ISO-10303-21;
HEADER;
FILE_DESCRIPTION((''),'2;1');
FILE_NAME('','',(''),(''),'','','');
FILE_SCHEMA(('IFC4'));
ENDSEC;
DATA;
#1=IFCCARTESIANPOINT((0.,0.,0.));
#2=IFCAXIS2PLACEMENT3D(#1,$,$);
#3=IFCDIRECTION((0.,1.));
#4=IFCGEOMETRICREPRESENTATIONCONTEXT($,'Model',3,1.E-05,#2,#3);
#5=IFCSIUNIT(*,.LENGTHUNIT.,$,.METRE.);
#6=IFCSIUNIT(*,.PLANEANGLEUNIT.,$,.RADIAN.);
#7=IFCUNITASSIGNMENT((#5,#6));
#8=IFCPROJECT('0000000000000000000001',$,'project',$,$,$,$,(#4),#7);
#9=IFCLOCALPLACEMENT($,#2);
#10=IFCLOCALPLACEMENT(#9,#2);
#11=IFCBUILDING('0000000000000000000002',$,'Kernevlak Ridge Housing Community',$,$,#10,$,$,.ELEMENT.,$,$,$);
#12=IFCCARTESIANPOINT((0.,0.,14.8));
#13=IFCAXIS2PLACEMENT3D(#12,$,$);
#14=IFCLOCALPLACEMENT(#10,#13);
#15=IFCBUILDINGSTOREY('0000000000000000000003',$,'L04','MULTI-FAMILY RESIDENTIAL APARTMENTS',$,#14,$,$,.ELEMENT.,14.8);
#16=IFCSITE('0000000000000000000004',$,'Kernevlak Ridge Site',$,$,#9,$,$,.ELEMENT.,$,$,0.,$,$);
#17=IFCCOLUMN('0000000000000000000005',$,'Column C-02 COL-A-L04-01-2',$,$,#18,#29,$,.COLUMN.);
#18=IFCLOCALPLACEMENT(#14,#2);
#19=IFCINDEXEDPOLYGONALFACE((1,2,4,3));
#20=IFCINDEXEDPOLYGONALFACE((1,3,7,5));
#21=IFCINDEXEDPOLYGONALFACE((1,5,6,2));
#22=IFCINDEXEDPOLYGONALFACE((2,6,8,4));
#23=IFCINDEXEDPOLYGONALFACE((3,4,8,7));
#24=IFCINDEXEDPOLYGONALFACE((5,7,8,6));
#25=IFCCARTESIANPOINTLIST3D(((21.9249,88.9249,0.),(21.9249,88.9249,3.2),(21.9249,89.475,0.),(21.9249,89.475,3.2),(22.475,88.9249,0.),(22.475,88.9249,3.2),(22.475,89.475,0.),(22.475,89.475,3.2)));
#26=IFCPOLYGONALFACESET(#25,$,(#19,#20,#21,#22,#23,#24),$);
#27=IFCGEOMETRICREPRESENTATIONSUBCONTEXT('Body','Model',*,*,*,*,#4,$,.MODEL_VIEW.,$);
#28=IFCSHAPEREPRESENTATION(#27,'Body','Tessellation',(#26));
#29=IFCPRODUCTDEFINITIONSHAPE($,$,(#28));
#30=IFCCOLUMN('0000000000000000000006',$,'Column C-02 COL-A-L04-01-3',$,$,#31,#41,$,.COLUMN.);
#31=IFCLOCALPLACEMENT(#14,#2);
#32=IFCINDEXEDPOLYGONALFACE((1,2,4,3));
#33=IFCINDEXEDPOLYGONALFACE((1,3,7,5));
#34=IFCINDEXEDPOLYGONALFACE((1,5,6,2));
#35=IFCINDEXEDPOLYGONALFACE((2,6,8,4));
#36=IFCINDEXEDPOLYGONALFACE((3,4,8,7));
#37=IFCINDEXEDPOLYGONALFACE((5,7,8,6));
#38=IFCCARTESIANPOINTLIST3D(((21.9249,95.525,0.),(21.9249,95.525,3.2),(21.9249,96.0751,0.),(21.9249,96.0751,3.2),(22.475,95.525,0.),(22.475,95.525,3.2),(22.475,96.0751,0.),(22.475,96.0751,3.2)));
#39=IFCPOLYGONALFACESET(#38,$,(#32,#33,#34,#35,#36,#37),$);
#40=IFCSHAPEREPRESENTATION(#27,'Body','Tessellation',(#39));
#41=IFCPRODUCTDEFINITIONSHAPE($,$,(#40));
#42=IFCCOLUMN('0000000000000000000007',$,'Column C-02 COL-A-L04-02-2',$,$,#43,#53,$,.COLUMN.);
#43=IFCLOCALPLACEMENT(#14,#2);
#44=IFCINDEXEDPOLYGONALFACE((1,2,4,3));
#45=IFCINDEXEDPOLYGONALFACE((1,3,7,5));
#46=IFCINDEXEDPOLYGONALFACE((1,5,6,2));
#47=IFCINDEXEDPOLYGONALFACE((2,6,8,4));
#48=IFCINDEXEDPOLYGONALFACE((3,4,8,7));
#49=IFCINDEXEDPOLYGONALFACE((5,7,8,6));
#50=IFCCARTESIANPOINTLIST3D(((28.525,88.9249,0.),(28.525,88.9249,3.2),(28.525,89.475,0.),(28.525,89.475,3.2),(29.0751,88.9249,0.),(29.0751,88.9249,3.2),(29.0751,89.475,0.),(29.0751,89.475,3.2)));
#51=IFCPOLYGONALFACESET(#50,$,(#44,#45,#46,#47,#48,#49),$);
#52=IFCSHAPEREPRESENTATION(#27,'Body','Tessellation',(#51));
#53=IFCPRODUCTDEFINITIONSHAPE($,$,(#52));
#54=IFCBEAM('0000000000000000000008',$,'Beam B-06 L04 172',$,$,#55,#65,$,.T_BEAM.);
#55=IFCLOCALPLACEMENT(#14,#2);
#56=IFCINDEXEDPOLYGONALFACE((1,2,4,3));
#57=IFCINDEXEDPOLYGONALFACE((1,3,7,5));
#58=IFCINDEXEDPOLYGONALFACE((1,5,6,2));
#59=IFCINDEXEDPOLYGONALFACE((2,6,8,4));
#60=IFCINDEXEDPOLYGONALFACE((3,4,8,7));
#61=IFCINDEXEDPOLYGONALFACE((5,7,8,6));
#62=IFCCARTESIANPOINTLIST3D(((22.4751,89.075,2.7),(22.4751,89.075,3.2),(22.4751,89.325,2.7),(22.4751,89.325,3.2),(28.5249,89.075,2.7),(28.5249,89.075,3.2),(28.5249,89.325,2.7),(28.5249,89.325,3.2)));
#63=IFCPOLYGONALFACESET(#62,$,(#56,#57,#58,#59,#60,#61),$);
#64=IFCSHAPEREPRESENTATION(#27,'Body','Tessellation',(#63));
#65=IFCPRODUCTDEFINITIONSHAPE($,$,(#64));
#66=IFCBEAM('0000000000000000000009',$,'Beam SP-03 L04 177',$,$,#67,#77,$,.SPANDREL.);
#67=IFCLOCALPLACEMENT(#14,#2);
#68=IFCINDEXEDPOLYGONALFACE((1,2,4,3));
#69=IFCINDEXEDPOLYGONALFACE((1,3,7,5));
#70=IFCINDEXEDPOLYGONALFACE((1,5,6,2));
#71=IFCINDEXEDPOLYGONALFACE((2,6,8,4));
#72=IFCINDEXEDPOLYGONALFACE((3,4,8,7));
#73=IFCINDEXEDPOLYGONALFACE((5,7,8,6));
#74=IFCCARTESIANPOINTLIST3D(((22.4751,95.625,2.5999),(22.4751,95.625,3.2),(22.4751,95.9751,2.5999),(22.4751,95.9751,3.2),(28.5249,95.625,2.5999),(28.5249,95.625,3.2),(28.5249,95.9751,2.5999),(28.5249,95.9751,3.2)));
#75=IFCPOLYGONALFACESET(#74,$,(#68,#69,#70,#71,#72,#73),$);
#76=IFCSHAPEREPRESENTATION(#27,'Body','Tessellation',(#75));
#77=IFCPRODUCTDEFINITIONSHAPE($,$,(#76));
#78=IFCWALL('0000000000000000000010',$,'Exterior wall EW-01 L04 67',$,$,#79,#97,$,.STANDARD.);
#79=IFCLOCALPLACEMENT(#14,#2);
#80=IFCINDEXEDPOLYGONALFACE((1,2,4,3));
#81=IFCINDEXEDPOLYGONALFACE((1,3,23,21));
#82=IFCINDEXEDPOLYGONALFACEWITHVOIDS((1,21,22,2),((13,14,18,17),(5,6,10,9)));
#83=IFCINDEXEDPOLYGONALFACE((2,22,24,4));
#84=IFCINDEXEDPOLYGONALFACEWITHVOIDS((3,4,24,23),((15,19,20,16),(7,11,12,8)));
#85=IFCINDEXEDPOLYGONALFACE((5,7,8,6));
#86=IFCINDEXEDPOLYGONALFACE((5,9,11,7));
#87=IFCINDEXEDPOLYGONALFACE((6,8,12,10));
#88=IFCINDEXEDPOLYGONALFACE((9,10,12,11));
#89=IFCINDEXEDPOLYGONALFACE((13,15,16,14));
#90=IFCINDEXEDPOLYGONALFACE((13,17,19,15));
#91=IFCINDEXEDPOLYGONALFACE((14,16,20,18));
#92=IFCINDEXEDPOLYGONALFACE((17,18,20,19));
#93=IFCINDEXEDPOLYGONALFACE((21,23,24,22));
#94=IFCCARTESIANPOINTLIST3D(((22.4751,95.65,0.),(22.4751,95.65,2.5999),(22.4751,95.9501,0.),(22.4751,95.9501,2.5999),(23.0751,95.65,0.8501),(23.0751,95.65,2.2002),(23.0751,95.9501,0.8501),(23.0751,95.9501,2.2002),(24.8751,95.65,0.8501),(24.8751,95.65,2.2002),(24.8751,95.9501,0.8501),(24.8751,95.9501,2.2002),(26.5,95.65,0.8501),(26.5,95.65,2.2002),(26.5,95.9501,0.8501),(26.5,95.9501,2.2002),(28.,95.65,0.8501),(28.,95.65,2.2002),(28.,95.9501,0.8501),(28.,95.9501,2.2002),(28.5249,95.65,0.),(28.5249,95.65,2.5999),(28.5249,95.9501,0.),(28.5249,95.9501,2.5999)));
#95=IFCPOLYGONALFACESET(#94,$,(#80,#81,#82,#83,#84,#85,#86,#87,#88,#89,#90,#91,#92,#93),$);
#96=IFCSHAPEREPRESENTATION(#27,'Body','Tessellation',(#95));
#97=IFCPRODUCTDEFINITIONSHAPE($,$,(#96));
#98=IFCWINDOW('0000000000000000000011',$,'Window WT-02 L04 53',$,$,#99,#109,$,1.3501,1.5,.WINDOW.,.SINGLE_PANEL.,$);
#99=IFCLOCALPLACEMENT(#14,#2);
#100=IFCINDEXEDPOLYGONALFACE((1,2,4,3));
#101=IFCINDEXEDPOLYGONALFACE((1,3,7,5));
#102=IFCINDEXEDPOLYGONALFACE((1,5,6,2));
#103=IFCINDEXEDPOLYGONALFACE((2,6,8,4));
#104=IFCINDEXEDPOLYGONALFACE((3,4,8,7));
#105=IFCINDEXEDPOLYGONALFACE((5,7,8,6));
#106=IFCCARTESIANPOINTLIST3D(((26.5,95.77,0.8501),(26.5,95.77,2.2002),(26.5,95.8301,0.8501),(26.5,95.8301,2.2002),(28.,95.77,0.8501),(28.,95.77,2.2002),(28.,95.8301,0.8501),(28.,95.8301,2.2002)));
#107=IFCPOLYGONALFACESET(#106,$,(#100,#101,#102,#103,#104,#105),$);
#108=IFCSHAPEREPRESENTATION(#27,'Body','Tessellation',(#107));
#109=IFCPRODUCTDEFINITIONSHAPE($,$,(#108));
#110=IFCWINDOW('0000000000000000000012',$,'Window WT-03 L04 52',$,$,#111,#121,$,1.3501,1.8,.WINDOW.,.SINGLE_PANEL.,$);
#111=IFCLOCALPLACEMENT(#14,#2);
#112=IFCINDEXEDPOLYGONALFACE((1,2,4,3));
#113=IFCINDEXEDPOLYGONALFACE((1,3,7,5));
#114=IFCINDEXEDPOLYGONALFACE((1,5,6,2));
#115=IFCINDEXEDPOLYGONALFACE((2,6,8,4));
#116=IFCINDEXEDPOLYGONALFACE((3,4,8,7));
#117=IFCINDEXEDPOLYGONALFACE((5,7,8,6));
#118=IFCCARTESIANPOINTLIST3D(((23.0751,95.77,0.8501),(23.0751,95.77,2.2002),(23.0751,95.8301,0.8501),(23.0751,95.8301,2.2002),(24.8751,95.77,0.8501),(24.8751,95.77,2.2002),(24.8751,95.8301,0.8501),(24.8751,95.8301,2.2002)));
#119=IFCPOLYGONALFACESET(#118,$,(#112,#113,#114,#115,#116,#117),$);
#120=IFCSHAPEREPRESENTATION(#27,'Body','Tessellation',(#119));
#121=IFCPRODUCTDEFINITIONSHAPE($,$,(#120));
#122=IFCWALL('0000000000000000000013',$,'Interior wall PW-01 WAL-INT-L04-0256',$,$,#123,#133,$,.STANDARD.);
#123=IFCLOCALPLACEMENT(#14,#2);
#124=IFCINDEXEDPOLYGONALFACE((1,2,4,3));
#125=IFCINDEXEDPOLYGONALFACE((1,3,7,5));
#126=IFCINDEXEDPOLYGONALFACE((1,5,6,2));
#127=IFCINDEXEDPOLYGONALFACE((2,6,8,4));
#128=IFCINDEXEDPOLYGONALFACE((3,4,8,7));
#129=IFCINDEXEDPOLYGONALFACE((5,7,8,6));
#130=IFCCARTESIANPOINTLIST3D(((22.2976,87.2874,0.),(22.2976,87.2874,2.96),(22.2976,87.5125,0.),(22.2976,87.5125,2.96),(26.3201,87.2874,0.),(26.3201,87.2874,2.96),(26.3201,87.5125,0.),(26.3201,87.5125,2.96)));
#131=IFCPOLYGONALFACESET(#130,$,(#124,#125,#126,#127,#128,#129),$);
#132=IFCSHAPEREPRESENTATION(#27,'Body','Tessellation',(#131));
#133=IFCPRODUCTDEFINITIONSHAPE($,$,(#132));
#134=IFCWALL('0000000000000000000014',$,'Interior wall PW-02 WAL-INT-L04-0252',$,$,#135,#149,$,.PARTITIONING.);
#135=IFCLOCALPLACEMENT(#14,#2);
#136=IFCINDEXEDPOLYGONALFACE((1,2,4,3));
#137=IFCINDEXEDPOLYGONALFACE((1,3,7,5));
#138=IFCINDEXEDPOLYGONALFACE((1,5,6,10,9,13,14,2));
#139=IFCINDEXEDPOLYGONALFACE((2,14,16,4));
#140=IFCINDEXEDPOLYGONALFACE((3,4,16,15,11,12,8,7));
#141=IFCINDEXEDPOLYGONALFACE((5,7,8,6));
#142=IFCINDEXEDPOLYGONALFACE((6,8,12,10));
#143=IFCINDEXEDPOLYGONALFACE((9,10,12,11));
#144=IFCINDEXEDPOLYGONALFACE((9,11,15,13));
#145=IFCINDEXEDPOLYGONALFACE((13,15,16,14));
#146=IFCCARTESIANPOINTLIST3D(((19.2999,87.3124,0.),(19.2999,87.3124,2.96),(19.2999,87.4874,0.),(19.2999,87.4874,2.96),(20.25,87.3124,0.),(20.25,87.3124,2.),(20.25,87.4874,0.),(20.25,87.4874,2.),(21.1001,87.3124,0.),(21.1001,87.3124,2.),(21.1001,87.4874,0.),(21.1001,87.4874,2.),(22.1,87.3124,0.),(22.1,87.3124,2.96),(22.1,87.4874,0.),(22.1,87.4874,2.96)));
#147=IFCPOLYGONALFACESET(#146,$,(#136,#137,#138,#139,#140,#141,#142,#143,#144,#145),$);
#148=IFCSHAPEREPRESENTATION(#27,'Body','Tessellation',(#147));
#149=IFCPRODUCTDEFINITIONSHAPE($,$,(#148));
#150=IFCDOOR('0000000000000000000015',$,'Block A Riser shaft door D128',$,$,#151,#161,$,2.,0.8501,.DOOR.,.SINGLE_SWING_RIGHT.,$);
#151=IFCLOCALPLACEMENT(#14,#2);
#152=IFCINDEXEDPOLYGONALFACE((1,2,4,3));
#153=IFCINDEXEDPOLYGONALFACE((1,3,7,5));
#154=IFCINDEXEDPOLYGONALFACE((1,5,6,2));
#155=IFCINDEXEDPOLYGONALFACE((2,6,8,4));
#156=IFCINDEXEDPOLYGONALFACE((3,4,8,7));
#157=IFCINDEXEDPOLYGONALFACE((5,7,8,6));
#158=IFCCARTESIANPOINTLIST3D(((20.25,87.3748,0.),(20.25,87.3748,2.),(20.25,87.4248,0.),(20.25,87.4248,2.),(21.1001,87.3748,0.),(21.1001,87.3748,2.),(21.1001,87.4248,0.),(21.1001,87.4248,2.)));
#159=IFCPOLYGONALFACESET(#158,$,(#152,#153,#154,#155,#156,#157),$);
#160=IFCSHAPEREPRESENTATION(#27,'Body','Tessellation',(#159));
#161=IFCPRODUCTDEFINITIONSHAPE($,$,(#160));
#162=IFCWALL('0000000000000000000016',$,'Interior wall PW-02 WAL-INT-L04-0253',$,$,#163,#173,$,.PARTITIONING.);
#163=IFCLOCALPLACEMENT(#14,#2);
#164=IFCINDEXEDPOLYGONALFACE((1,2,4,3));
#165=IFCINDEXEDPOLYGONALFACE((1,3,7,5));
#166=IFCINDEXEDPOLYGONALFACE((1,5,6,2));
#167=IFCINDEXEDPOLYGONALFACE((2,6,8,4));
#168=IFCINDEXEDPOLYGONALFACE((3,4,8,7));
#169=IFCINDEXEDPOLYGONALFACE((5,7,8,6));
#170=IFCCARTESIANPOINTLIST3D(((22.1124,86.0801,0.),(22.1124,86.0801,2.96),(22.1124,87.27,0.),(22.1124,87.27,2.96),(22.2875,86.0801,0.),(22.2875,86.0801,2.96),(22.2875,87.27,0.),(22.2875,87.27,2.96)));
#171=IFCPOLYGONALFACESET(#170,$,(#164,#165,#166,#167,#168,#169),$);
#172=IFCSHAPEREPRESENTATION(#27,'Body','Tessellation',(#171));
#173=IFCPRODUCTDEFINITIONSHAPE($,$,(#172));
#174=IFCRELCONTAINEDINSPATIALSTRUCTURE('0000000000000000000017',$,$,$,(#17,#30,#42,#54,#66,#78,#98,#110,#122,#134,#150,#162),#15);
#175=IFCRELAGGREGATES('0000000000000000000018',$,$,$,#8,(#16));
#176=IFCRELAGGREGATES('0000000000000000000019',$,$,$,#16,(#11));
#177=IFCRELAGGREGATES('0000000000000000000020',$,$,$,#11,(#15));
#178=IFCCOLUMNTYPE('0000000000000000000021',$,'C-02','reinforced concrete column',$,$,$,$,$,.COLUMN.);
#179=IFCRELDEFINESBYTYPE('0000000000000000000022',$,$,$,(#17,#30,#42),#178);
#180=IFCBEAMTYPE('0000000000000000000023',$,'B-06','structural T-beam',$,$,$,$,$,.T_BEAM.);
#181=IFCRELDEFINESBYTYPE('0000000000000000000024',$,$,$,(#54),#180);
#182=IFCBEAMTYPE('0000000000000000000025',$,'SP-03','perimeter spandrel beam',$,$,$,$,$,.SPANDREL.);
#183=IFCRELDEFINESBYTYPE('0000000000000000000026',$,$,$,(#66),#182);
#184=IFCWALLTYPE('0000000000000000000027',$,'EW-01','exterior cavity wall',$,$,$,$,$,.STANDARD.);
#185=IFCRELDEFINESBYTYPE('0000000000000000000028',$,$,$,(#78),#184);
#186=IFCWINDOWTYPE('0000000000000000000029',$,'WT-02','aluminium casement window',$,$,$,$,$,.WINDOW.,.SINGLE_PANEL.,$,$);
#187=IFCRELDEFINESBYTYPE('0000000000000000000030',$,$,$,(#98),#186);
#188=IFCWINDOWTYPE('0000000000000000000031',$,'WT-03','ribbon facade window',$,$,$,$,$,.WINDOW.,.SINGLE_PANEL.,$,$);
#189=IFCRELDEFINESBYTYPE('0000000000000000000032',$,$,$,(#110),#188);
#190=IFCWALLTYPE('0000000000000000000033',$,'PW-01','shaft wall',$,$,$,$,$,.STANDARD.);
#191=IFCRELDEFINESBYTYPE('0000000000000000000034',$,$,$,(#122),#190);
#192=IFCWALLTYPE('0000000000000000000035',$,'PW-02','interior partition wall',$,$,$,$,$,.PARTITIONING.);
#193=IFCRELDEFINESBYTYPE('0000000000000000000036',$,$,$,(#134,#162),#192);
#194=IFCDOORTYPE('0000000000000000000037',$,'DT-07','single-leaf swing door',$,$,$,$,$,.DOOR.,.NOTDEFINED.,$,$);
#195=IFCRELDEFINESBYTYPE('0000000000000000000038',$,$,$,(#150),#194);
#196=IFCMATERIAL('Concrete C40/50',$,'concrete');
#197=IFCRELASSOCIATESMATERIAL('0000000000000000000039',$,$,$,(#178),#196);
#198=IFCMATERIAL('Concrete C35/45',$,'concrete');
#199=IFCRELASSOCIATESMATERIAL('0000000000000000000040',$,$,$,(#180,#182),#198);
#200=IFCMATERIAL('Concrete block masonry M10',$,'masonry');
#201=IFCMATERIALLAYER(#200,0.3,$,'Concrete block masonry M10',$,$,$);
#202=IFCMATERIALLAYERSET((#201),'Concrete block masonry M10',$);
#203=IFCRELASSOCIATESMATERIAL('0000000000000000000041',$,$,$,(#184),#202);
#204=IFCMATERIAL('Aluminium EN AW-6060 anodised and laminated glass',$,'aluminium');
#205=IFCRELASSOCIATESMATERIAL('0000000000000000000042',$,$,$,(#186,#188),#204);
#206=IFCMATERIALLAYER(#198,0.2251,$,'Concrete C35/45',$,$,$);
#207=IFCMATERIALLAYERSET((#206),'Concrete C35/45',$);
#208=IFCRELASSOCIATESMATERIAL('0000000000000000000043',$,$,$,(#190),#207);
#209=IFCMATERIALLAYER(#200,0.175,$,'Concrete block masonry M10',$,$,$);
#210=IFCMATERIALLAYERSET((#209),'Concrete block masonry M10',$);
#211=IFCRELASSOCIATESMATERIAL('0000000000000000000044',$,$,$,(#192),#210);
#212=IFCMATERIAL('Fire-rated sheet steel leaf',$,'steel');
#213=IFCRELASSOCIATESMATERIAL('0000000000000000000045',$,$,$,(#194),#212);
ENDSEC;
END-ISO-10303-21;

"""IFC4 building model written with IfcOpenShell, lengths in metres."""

from ifc_helpers import new_model, si_unit, direction, frame, frame_2d, origin, origin_2d, place, context, subcontext, project, spatial, rectangle, extrude, material, layer, layer_set, material_profile, profile_set, type_object, element, fill, save


model = new_model("IFC4")

# Units and contexts
model_context = context("Model", 3, precision=1e-05, world=origin(), true_north=direction((0.0, 1.0)))
body_context = subcontext(model_context, "Body", "Model", "MODEL_VIEW")
ifc_project = project(units=[si_unit("LENGTHUNIT", "METRE"), si_unit("PLANEANGLEUNIT", "RADIAN")], contexts=[model_context])

# Site, building, storey
site_placement = place(None, origin())
site = spatial("IfcSite", under=ifc_project, at=site_placement, Name="Kernevlak Ridge Site", CompositionType="ELEMENT", RefElevation=0.0)
building_placement = place(site_placement, origin())
building = spatial("IfcBuilding", under=site, at=building_placement, Name="Kernevlak Ridge Housing Community", CompositionType="ELEMENT")
storey_placement = place(building_placement, frame((0.0, 0.0, 14.8)))
storey = spatial("IfcBuildingStorey", under=building, at=storey_placement, Name="L04", Description="MULTI-FAMILY RESIDENTIAL APARTMENTS", CompositionType="ELEMENT", Elevation=14.8)

# Columns
ifc_material_1 = material(Name="Concrete C40/50", Category="concrete")
ifc_material_profile_1 = material_profile(ifc_material_1, rectangle(XDim=0.55, YDim=0.55, at=origin_2d()), Name="RC 550x550")
ifc_profile_set_1 = profile_set([ifc_material_profile_1], Name="Concrete C40/50")
column_type = type_object("IfcColumnType", Name="C-02", Description="reinforced concrete column", PredefinedType="COLUMN", material=ifc_profile_set_1)
for number, where, z_axis, x_axis, name in (
    (1, (22.2, 89.2, 0.0), (0.0, 0.0, 1.0), (1.0, 0.0, 0.0), "Column C-02 COL-A-L04-01-2"),
    (2, (22.2, 95.8, 0.0), (0.0, 0.0, 1.0), (1.0, 0.0, 0.0), "Column C-02 COL-A-L04-01-3"),
    (3, (28.8, 89.2, 0.0), (0.0, 0.0, 1.0), (1.0, 0.0, 0.0), "Column C-02 COL-A-L04-02-2"),
):
    element("IfcColumn", number, at=place(storey_placement, frame(where, z_axis=z_axis, x_axis=x_axis)), inside=storey, type_object=column_type, Name=name, PredefinedType="COLUMN", context=body_context, shape_type="SweptSolid", body=[
        extrude(rectangle(XDim=0.55, YDim=0.55, at=origin_2d()), origin(), (0.0, 0.0, 1.0), 3.2),
    ])

# Beams
ifc_material_2 = material(Name="Concrete C35/45", Category="concrete")
ifc_material_profile_2 = material_profile(ifc_material_2, rectangle(XDim=0.25, YDim=0.5, at=origin_2d()), Name="RC 250x500")
ifc_profile_set_2 = profile_set([ifc_material_profile_2], Name="Concrete C35/45")
beam_type_1 = type_object("IfcBeamType", Name="B-06", Description="structural T-beam", PredefinedType="T_BEAM", material=ifc_profile_set_2)
beam_1_placement = place(storey_placement, frame((22.4751, 89.2, 2.95), z_axis=(1.0, 0.0, 0.0), x_axis=(0.0, 1.0, 0.0)))
element("IfcBeam", 4, at=beam_1_placement, inside=storey, type_object=beam_type_1, Name="Beam B-06 L04 172", PredefinedType="T_BEAM", context=body_context, shape_type="SweptSolid", body=[
    extrude(rectangle(XDim=0.25, YDim=0.5, at=origin_2d()), origin(), (0.0, 0.0, 1.0), 6.0498),
])
ifc_material_profile_3 = material_profile(ifc_material_2, rectangle(XDim=0.3501, YDim=0.6001, at=origin_2d()), Name="RC 350x600")
ifc_profile_set_3 = profile_set([ifc_material_profile_3], Name="Concrete C35/45")
beam_type_2 = type_object("IfcBeamType", Name="SP-03", Description="perimeter spandrel beam", PredefinedType="SPANDREL", material=ifc_profile_set_3)
beam_2_placement = place(storey_placement, frame((22.4751, 95.8, 2.8999), z_axis=(1.0, 0.0, 0.0), x_axis=(0.0, 1.0, 0.0)))
element("IfcBeam", 5, at=beam_2_placement, inside=storey, type_object=beam_type_2, Name="Beam SP-03 L04 177", PredefinedType="SPANDREL", context=body_context, shape_type="SweptSolid", body=[
    extrude(rectangle(XDim=0.3501, YDim=0.6001, at=origin_2d()), origin(), (0.0, 0.0, 1.0), 6.0498),
])

# Wall, openings, windows
ifc_material_3 = material(Name="Concrete block masonry M10", Category="masonry")
ifc_layer_1 = layer(ifc_material_3, 0.3, Name="Concrete block masonry M10")
ifc_layer_set_1 = layer_set([ifc_layer_1], Name="Concrete block masonry M10")
wall_type_1 = type_object("IfcWallType", Name="EW-01", Description="exterior cavity wall", PredefinedType="STANDARD", material=ifc_layer_set_1)
wall_1_placement = place(storey_placement, frame((22.4751, 95.8, 0.0), z_axis=(0.0, 0.0, 1.0), x_axis=(1.0, 0.0, 0.0)))
wall_1 = element("IfcWall", 6, at=wall_1_placement, inside=storey, type_object=wall_type_1, Name="Exterior wall EW-01 L04 67", PredefinedType="STANDARD", context=body_context, shape_type="SweptSolid", body=[
    extrude(rectangle(XDim=6.0498, YDim=0.3, at=frame_2d((3.0249, 0.0))), origin(), (0.0, 0.0, 1.0), 2.5999),
])
opening_1_placement = place(wall_1_placement, frame((0.6001, 0.0, 0.8501)))
opening_1 = element("IfcOpeningElement", 7, at=opening_1_placement, cuts=wall_1, PredefinedType="OPENING", context=body_context, shape_type="SweptSolid", body=[
    extrude(rectangle(XDim=1.8, YDim=1.3501, at=frame_2d((0.8999, 0.675))), frame((0.0, 0.1599, 0.0), z_axis=(0.0, -1.0, 0.0), x_axis=(1.0, 0.0, 0.0)), (0.0, 0.0, 1.0), 0.3201),
])
opening_2_placement = place(wall_1_placement, frame((4.0249, 0.0, 0.8501)))
opening_2 = element("IfcOpeningElement", 8, at=opening_2_placement, cuts=wall_1, PredefinedType="OPENING", context=body_context, shape_type="SweptSolid", body=[
    extrude(rectangle(XDim=1.5, YDim=1.3501, at=frame_2d((0.75, 0.675))), frame((0.0, 0.1599, 0.0), z_axis=(0.0, -1.0, 0.0), x_axis=(1.0, 0.0, 0.0)), (0.0, 0.0, 1.0), 0.3201),
])
ifc_material_4 = material(Name="Aluminium EN AW-6060 anodised and laminated glass", Category="aluminium")
window_type_1 = type_object("IfcWindowType", Name="WT-02", Description="aluminium casement window", PartitioningType="SINGLE_PANEL", PredefinedType="WINDOW", material=ifc_material_4)
window_1_placement = place(opening_2_placement, origin())
window_1 = element("IfcWindow", 9, at=window_1_placement, inside=storey, type_object=window_type_1, Name="Window WT-02 L04 53", OverallHeight=1.3501, OverallWidth=1.5, PartitioningType="SINGLE_PANEL", PredefinedType="WINDOW", context=body_context, shape_type="SweptSolid", body=[
    extrude(rectangle(XDim=1.5, YDim=1.3501, at=frame_2d((0.75, 0.675))), frame((0.0, 0.03, 0.0), z_axis=(0.0, -1.0, 0.0), x_axis=(1.0, 0.0, 0.0)), (0.0, 0.0, 1.0), 0.0601),
])
fill(opening_2, window_1)
window_type_2 = type_object("IfcWindowType", Name="WT-03", Description="ribbon facade window", PartitioningType="SINGLE_PANEL", PredefinedType="WINDOW", material=ifc_material_4)
window_2_placement = place(opening_1_placement, origin())
window_2 = element("IfcWindow", 10, at=window_2_placement, inside=storey, type_object=window_type_2, Name="Window WT-03 L04 52", OverallHeight=1.3501, OverallWidth=1.8, PartitioningType="SINGLE_PANEL", PredefinedType="WINDOW", context=body_context, shape_type="SweptSolid", body=[
    extrude(rectangle(XDim=1.8, YDim=1.3501, at=frame_2d((0.8999, 0.675))), frame((0.0, 0.03, 0.0), z_axis=(0.0, -1.0, 0.0), x_axis=(1.0, 0.0, 0.0)), (0.0, 0.0, 1.0), 0.0601),
])
fill(opening_1, window_2)

# Wall
ifc_layer_2 = layer(ifc_material_2, 0.2251, Name="Concrete C35/45")
ifc_layer_set_2 = layer_set([ifc_layer_2], Name="Concrete C35/45")
wall_type_2 = type_object("IfcWallType", Name="PW-01", Description="shaft wall", PredefinedType="STANDARD", material=ifc_layer_set_2)
wall_2_placement = place(storey_placement, frame((22.2976, 87.3999, 0.0), z_axis=(0.0, 0.0, 1.0), x_axis=(1.0, 0.0, 0.0)))
element("IfcWall", 11, at=wall_2_placement, inside=storey, type_object=wall_type_2, Name="Interior wall PW-01 WAL-INT-L04-0256", PredefinedType="STANDARD", context=body_context, shape_type="SweptSolid", body=[
    extrude(rectangle(XDim=4.0225, YDim=0.2251, at=frame_2d((2.0112, 0.0))), origin(), (0.0, 0.0, 1.0), 2.96),
])

# Wall, opening, door
ifc_material_5 = material(Name="Fire-rated sheet steel leaf", Category="steel")
ifc_layer_3 = layer(ifc_material_3, 0.175, Name="Concrete block masonry M10")
ifc_layer_set_3 = layer_set([ifc_layer_3], Name="Concrete block masonry M10")
wall_type_3 = type_object("IfcWallType", Name="PW-02", Description="interior partition wall", PredefinedType="PARTITIONING", material=ifc_layer_set_3)
wall_3_placement = place(storey_placement, frame((19.3, 87.3999, 0.0), z_axis=(0.0, 0.0, 1.0), x_axis=(1.0, 0.0, 0.0)))
wall_3 = element("IfcWall", 12, at=wall_3_placement, inside=storey, type_object=wall_type_3, Name="Interior wall PW-02 WAL-INT-L04-0252", PredefinedType="PARTITIONING", context=body_context, shape_type="SweptSolid", body=[
    extrude(rectangle(XDim=2.8, YDim=0.175, at=frame_2d((1.3999, 0.0))), origin(), (0.0, 0.0, 1.0), 2.96),
])
opening_3_placement = place(wall_3_placement, frame((0.95, 0.0, 0.0)))
opening_3 = element("IfcOpeningElement", 13, at=opening_3_placement, cuts=wall_3, PredefinedType="OPENING", context=body_context, shape_type="SweptSolid", body=[
    extrude(rectangle(XDim=0.8501, YDim=2.0, at=frame_2d((0.425, 1.0))), frame((0.0, 0.0974, 0.0), z_axis=(0.0, -1.0, 0.0), x_axis=(1.0, 0.0, 0.0)), (0.0, 0.0, 1.0), 0.1951),
])
door_type_1 = type_object("IfcDoorType", Name="DT-07", Description="single-leaf swing door", OperationType="NOTDEFINED", PredefinedType="DOOR", material=ifc_material_5)
door_1_placement = place(opening_3_placement, origin())
door_1 = element("IfcDoor", 14, at=door_1_placement, inside=storey, type_object=door_type_1, Name="Block A Riser shaft door D128", OperationType="SINGLE_SWING_RIGHT", OverallHeight=2.0, OverallWidth=0.8501, PredefinedType="DOOR", context=body_context, shape_type="SweptSolid", body=[
    extrude(rectangle(XDim=0.8501, YDim=2.0, at=frame_2d((0.425, 1.0))), frame((0.0, 0.0249, 0.0), z_axis=(0.0, -1.0, 0.0), x_axis=(1.0, 0.0, 0.0)), (0.0, 0.0, 1.0), 0.05),
])
fill(opening_3, door_1)

# Wall
wall_4_placement = place(storey_placement, frame((22.2, 86.0801, 0.0), z_axis=(0.0, 0.0, 1.0), x_axis=(0.0, 1.0, 0.0)))
element("IfcWall", 15, at=wall_4_placement, inside=storey, type_object=wall_type_3, Name="Interior wall PW-02 WAL-INT-L04-0253", PredefinedType="PARTITIONING", context=body_context, shape_type="SweptSolid", body=[
    extrude(rectangle(XDim=1.1899, YDim=0.175, at=frame_2d((0.595, 0.0))), origin(), (0.0, 0.0, 1.0), 2.96),
])

save(model, "model.ifc")
